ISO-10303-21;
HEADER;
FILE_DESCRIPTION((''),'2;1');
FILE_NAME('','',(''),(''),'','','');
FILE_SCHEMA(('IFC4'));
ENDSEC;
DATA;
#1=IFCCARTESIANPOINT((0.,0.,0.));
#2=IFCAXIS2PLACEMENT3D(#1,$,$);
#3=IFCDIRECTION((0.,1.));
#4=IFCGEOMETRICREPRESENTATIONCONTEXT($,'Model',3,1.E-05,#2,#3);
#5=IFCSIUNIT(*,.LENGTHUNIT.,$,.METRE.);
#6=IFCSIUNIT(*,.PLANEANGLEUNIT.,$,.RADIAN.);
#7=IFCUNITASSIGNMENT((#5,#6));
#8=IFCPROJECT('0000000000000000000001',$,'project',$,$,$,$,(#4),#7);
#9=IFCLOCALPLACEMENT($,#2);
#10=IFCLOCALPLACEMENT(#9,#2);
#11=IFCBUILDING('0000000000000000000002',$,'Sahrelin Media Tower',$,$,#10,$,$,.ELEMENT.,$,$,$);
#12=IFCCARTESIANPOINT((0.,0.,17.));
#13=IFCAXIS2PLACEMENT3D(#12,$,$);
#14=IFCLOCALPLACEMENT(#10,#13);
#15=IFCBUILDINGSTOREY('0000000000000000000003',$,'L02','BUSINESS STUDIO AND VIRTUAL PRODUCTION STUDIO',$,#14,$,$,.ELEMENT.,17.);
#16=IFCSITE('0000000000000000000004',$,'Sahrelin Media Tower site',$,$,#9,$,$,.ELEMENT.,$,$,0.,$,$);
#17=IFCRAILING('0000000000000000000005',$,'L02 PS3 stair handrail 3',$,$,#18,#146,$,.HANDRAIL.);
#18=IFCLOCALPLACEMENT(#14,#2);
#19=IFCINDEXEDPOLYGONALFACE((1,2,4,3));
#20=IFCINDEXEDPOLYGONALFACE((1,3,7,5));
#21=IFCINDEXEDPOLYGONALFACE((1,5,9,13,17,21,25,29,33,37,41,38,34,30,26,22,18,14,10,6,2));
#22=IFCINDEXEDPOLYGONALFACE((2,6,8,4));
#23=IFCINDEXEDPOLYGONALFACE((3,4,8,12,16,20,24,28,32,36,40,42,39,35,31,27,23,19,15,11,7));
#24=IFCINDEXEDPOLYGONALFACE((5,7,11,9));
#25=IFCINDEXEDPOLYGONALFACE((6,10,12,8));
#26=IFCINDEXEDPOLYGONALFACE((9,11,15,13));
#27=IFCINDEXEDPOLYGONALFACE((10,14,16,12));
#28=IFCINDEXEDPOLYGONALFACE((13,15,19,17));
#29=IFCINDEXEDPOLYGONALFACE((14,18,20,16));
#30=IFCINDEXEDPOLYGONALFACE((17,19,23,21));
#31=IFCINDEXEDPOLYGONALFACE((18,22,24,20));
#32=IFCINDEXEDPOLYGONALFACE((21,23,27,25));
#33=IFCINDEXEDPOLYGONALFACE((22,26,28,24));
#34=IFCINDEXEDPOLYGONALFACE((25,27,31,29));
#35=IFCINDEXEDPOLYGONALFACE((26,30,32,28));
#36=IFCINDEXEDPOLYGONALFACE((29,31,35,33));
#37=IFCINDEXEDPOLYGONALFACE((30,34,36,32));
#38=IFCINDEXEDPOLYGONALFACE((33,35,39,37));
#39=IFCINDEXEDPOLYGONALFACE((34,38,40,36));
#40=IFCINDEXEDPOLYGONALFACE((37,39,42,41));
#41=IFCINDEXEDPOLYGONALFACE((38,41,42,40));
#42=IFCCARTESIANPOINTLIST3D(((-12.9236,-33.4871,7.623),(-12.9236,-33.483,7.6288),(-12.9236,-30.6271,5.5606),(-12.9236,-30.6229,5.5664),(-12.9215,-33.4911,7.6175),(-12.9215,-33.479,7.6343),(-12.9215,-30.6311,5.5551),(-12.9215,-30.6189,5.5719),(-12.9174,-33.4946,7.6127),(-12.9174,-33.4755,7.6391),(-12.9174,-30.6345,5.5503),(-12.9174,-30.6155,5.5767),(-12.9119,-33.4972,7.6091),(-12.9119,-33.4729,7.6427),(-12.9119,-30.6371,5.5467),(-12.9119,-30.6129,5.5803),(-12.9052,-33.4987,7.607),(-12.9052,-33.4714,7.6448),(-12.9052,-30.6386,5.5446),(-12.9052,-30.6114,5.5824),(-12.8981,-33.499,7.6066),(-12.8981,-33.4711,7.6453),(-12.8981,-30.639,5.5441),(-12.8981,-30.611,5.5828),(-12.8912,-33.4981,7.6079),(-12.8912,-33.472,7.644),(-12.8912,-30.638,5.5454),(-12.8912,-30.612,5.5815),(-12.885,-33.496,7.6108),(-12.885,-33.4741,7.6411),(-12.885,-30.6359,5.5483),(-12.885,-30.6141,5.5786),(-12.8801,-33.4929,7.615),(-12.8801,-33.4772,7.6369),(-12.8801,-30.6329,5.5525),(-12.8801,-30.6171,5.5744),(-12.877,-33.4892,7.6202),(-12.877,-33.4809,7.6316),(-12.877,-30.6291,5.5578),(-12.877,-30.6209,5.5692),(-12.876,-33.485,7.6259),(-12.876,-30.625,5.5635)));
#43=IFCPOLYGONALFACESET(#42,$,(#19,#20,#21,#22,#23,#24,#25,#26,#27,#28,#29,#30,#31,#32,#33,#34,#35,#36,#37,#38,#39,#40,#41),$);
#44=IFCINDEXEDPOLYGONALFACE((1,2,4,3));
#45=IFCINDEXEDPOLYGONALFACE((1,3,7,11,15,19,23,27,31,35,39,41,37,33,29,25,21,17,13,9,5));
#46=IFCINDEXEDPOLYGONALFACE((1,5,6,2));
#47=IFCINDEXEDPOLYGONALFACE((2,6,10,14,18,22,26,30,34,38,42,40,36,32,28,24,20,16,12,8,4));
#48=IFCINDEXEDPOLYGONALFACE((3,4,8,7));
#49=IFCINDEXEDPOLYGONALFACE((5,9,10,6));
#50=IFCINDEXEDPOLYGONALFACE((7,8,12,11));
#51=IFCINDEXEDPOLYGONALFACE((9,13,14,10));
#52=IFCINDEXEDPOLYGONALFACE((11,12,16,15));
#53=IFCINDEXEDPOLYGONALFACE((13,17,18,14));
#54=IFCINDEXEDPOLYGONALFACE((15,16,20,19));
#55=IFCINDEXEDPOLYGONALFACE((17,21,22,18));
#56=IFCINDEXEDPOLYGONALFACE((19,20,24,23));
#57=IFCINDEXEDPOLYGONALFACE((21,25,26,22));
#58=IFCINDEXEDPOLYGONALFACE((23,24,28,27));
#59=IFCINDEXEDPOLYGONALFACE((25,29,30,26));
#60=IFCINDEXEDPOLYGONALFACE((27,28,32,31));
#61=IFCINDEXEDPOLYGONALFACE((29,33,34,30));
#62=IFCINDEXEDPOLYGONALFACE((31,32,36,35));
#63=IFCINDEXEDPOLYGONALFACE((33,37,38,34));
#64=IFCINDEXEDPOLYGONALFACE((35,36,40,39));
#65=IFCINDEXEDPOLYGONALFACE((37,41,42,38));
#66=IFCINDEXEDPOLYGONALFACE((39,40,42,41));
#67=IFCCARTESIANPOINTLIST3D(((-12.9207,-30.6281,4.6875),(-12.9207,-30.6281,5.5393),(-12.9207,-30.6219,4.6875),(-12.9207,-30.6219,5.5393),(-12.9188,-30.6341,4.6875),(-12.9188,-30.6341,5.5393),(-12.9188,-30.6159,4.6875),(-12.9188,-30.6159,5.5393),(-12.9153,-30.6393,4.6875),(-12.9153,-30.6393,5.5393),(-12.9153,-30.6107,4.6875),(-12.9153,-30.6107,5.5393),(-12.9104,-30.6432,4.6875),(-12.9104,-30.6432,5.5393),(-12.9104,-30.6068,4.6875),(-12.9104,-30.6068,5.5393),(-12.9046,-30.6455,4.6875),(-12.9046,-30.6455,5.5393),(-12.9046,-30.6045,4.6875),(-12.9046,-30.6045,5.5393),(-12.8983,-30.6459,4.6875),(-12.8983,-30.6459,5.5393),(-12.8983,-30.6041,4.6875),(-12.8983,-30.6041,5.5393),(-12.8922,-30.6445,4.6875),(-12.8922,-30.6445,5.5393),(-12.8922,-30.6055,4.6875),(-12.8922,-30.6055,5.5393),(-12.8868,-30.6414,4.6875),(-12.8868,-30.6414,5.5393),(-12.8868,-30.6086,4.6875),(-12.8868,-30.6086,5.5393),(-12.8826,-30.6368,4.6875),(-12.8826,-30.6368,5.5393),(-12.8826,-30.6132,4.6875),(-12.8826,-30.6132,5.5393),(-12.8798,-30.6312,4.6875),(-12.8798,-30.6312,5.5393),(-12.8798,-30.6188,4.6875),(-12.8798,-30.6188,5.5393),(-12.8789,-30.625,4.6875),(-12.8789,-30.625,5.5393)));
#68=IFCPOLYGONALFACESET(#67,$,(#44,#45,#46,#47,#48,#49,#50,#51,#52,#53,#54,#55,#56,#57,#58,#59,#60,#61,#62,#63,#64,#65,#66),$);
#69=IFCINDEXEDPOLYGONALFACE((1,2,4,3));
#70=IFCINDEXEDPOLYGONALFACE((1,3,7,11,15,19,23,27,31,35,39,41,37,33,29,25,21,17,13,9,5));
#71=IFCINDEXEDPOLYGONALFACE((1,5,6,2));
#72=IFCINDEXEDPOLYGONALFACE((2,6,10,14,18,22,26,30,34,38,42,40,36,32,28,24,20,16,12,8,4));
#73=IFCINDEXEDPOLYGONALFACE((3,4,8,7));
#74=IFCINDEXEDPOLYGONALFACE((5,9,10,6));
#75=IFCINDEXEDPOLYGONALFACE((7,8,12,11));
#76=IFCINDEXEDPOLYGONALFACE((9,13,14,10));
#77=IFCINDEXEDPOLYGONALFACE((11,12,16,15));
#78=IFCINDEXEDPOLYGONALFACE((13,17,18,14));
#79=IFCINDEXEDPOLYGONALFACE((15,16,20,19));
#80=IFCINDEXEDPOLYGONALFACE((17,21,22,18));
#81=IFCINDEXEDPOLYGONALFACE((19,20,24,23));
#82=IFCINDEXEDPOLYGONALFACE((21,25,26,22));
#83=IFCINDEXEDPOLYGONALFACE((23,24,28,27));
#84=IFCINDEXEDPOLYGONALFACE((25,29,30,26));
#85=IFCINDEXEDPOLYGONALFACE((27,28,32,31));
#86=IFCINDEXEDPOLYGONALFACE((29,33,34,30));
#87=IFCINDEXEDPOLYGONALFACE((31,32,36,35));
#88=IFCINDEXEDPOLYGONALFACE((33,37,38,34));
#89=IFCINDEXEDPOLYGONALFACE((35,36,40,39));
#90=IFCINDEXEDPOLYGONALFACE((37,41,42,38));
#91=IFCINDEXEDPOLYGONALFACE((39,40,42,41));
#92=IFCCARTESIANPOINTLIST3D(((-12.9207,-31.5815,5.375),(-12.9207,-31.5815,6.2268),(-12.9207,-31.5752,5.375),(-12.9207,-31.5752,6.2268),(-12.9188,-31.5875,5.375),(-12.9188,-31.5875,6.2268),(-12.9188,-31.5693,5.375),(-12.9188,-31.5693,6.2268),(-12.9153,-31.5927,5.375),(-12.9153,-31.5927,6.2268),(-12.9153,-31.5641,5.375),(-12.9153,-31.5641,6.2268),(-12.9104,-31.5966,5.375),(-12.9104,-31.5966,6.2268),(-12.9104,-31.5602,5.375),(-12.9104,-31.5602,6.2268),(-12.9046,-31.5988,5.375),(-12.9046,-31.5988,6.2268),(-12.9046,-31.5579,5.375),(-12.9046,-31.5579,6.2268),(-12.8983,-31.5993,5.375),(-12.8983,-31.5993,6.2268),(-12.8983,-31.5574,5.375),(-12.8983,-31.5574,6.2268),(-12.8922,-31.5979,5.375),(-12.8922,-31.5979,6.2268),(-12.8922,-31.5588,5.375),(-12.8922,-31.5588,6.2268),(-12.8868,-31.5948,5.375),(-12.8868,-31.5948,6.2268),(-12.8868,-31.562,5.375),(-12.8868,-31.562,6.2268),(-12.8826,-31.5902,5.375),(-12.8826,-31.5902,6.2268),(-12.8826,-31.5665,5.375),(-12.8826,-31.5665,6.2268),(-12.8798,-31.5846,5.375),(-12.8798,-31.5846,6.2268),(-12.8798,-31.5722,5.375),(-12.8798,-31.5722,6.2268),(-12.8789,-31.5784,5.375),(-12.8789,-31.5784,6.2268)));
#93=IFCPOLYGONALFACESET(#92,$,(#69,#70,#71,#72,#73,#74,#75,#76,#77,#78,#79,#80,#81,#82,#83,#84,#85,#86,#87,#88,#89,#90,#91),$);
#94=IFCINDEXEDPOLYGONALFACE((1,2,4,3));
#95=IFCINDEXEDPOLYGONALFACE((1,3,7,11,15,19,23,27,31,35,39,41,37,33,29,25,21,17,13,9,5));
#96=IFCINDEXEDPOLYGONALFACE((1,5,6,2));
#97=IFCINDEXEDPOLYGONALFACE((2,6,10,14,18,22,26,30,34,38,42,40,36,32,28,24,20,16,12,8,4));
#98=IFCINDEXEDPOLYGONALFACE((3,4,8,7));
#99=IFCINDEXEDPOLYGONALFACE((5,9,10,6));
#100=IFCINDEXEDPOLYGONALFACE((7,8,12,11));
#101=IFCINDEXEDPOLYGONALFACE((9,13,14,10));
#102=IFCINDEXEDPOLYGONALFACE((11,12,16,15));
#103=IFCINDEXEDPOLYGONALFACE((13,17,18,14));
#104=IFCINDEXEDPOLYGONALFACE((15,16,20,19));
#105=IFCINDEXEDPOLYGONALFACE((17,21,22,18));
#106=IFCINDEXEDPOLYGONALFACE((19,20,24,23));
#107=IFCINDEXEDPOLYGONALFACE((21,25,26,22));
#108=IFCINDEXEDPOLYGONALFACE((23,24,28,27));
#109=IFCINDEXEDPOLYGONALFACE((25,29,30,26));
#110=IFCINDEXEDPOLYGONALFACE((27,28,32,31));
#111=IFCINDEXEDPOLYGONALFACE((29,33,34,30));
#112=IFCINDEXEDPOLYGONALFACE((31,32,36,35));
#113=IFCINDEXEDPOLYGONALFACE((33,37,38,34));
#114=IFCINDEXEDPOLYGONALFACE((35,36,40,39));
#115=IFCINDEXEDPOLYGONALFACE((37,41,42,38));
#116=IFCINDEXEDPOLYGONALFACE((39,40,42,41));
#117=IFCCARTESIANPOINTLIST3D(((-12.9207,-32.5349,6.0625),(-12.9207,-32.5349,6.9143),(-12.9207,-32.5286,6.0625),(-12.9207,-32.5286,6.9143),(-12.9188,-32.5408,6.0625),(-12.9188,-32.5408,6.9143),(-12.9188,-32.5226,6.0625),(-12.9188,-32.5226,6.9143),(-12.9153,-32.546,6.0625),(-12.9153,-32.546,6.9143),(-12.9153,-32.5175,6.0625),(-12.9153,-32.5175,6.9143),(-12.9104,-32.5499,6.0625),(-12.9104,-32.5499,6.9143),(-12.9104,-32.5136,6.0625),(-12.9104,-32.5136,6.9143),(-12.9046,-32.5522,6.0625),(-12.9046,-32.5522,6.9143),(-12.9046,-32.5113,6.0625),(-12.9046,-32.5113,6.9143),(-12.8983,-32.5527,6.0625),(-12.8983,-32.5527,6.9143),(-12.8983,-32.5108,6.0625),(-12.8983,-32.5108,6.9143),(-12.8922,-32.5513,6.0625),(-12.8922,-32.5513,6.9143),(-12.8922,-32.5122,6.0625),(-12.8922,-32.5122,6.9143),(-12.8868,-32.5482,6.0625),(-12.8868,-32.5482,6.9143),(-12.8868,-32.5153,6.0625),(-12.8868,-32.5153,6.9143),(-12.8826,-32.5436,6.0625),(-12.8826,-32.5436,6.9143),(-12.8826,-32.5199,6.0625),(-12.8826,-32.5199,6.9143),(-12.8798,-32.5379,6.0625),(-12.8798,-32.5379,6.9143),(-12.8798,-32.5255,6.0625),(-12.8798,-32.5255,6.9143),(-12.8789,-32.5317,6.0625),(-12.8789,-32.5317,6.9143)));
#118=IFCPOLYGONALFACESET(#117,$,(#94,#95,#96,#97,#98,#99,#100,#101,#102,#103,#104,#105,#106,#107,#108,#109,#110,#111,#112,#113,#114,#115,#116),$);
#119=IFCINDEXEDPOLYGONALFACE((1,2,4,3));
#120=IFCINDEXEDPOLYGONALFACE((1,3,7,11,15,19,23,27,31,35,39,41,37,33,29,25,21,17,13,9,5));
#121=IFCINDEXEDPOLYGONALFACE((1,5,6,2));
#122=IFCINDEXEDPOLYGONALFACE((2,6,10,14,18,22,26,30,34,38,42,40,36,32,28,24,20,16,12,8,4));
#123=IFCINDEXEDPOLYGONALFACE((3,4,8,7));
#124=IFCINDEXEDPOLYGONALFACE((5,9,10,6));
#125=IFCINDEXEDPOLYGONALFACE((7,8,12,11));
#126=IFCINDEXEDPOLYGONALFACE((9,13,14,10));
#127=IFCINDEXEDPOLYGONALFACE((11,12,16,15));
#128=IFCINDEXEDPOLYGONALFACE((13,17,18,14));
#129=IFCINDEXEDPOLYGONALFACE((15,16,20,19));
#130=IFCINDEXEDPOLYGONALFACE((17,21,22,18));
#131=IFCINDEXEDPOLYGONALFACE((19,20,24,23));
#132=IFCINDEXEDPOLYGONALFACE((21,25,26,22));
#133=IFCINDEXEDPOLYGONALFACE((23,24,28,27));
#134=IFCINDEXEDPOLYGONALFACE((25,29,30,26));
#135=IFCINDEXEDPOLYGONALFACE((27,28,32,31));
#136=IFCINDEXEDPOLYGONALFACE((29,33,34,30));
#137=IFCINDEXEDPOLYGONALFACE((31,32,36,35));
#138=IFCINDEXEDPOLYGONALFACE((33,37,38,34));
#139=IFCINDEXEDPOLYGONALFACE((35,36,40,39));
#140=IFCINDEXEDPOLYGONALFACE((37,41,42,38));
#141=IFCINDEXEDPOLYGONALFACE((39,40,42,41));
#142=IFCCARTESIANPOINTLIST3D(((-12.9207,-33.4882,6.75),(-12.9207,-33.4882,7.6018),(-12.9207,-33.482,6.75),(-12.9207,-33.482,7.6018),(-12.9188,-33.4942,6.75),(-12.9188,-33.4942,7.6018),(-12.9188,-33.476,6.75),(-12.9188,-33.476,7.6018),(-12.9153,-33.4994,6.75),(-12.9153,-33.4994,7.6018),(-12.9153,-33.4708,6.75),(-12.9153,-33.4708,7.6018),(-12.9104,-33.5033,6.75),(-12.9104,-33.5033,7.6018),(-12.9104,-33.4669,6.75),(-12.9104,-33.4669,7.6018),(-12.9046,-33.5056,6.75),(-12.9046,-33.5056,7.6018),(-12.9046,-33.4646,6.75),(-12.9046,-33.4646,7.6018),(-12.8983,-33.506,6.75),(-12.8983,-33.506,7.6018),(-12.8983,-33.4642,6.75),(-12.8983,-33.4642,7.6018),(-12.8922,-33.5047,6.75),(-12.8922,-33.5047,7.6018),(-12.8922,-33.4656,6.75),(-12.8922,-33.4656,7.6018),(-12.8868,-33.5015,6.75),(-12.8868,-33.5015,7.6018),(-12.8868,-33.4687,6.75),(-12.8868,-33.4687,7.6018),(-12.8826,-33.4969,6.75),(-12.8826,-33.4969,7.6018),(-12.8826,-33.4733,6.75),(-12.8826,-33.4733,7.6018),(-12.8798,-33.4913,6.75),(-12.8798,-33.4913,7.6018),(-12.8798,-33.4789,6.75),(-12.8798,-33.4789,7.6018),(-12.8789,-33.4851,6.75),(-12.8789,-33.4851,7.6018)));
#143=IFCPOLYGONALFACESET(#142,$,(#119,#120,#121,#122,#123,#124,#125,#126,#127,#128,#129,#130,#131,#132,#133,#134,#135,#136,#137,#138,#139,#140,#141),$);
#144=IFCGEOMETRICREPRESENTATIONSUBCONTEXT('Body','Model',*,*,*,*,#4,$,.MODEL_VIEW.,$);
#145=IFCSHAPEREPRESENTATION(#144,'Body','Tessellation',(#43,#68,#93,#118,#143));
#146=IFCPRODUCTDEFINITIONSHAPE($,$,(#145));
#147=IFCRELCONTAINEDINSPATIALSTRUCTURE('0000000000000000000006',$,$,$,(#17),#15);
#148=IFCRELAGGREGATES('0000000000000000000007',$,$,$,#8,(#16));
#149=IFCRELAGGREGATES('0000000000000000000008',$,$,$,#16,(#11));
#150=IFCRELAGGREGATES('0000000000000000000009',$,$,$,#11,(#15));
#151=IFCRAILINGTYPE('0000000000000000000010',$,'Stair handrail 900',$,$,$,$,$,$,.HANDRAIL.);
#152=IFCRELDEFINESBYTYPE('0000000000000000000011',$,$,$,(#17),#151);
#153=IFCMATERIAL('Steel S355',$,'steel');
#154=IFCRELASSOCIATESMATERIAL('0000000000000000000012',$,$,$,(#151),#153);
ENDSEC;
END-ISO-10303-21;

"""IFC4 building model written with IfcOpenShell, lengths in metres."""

from ifc_helpers import new_model, si_unit, direction, frame, origin, origin_2d, place, context, subcontext, project, spatial, circle, extrude, material, type_object, element, save


model = new_model("IFC4")

# Units and contexts
model_context = context("Model", 3, precision=1e-05, world=origin(), true_north=direction((0.0, 1.0)))
body_context = subcontext(model_context, "Body", "Model", "MODEL_VIEW")
ifc_project = project(units=[si_unit("LENGTHUNIT", "METRE"), si_unit("PLANEANGLEUNIT", "RADIAN")], contexts=[model_context])

# Site, building, storey
site_placement = place(None, origin())
site = spatial("IfcSite", under=ifc_project, at=site_placement, Name="Sahrelin Media Tower site", CompositionType="ELEMENT", RefElevation=0.0)
building_placement = place(site_placement, origin())
building = spatial("IfcBuilding", under=site, at=building_placement, Name="Sahrelin Media Tower", CompositionType="ELEMENT")
storey_placement = place(building_placement, frame((0.0, 0.0, 17.0)))
storey = spatial("IfcBuildingStorey", under=building, at=storey_placement, Name="L02", Description="BUSINESS STUDIO AND VIRTUAL PRODUCTION STUDIO", CompositionType="ELEMENT", Elevation=17.0)

# Shared definitions
ifc_material_1 = material(Name="Steel S355", Category="steel")

# Railing
railing_type_1 = type_object("IfcRailingType", Name="Stair handrail 900", PredefinedType="HANDRAIL", material=ifc_material_1)
railing_1_placement = place(storey_placement, frame((-12.8999, -30.625, 4.6875)))
element("IfcRailing", 1, at=railing_1_placement, inside=storey, type_object=railing_type_1, Name="L02 PS3 stair handrail 3", PredefinedType="HANDRAIL", context=body_context, shape_type="SweptSolid", body=[
    extrude(circle(Radius=0.0239, at=origin_2d()), frame((0.0, 0.0, 0.876), z_axis=(0.0, -0.811101, 0.584906), x_axis=(1.0, 0.0, 0.0)), (0.0, 0.0, 1.0), 3.5261),
    extrude(circle(Radius=0.021, at=origin_2d()), origin(), (0.0, 0.0, 1.0), 0.8518),
    extrude(circle(Radius=0.021, at=origin_2d()), frame((0.0, -0.9534, 0.6875)), (0.0, 0.0, 1.0), 0.8518),
    extrude(circle(Radius=0.021, at=origin_2d()), frame((0.0, -1.9067, 1.375)), (0.0, 0.0, 1.0), 0.8518),
    extrude(circle(Radius=0.021, at=origin_2d()), frame((0.0, -2.8601, 2.0625)), (0.0, 0.0, 1.0), 0.8518),
])

save(model, "model.ifc")
